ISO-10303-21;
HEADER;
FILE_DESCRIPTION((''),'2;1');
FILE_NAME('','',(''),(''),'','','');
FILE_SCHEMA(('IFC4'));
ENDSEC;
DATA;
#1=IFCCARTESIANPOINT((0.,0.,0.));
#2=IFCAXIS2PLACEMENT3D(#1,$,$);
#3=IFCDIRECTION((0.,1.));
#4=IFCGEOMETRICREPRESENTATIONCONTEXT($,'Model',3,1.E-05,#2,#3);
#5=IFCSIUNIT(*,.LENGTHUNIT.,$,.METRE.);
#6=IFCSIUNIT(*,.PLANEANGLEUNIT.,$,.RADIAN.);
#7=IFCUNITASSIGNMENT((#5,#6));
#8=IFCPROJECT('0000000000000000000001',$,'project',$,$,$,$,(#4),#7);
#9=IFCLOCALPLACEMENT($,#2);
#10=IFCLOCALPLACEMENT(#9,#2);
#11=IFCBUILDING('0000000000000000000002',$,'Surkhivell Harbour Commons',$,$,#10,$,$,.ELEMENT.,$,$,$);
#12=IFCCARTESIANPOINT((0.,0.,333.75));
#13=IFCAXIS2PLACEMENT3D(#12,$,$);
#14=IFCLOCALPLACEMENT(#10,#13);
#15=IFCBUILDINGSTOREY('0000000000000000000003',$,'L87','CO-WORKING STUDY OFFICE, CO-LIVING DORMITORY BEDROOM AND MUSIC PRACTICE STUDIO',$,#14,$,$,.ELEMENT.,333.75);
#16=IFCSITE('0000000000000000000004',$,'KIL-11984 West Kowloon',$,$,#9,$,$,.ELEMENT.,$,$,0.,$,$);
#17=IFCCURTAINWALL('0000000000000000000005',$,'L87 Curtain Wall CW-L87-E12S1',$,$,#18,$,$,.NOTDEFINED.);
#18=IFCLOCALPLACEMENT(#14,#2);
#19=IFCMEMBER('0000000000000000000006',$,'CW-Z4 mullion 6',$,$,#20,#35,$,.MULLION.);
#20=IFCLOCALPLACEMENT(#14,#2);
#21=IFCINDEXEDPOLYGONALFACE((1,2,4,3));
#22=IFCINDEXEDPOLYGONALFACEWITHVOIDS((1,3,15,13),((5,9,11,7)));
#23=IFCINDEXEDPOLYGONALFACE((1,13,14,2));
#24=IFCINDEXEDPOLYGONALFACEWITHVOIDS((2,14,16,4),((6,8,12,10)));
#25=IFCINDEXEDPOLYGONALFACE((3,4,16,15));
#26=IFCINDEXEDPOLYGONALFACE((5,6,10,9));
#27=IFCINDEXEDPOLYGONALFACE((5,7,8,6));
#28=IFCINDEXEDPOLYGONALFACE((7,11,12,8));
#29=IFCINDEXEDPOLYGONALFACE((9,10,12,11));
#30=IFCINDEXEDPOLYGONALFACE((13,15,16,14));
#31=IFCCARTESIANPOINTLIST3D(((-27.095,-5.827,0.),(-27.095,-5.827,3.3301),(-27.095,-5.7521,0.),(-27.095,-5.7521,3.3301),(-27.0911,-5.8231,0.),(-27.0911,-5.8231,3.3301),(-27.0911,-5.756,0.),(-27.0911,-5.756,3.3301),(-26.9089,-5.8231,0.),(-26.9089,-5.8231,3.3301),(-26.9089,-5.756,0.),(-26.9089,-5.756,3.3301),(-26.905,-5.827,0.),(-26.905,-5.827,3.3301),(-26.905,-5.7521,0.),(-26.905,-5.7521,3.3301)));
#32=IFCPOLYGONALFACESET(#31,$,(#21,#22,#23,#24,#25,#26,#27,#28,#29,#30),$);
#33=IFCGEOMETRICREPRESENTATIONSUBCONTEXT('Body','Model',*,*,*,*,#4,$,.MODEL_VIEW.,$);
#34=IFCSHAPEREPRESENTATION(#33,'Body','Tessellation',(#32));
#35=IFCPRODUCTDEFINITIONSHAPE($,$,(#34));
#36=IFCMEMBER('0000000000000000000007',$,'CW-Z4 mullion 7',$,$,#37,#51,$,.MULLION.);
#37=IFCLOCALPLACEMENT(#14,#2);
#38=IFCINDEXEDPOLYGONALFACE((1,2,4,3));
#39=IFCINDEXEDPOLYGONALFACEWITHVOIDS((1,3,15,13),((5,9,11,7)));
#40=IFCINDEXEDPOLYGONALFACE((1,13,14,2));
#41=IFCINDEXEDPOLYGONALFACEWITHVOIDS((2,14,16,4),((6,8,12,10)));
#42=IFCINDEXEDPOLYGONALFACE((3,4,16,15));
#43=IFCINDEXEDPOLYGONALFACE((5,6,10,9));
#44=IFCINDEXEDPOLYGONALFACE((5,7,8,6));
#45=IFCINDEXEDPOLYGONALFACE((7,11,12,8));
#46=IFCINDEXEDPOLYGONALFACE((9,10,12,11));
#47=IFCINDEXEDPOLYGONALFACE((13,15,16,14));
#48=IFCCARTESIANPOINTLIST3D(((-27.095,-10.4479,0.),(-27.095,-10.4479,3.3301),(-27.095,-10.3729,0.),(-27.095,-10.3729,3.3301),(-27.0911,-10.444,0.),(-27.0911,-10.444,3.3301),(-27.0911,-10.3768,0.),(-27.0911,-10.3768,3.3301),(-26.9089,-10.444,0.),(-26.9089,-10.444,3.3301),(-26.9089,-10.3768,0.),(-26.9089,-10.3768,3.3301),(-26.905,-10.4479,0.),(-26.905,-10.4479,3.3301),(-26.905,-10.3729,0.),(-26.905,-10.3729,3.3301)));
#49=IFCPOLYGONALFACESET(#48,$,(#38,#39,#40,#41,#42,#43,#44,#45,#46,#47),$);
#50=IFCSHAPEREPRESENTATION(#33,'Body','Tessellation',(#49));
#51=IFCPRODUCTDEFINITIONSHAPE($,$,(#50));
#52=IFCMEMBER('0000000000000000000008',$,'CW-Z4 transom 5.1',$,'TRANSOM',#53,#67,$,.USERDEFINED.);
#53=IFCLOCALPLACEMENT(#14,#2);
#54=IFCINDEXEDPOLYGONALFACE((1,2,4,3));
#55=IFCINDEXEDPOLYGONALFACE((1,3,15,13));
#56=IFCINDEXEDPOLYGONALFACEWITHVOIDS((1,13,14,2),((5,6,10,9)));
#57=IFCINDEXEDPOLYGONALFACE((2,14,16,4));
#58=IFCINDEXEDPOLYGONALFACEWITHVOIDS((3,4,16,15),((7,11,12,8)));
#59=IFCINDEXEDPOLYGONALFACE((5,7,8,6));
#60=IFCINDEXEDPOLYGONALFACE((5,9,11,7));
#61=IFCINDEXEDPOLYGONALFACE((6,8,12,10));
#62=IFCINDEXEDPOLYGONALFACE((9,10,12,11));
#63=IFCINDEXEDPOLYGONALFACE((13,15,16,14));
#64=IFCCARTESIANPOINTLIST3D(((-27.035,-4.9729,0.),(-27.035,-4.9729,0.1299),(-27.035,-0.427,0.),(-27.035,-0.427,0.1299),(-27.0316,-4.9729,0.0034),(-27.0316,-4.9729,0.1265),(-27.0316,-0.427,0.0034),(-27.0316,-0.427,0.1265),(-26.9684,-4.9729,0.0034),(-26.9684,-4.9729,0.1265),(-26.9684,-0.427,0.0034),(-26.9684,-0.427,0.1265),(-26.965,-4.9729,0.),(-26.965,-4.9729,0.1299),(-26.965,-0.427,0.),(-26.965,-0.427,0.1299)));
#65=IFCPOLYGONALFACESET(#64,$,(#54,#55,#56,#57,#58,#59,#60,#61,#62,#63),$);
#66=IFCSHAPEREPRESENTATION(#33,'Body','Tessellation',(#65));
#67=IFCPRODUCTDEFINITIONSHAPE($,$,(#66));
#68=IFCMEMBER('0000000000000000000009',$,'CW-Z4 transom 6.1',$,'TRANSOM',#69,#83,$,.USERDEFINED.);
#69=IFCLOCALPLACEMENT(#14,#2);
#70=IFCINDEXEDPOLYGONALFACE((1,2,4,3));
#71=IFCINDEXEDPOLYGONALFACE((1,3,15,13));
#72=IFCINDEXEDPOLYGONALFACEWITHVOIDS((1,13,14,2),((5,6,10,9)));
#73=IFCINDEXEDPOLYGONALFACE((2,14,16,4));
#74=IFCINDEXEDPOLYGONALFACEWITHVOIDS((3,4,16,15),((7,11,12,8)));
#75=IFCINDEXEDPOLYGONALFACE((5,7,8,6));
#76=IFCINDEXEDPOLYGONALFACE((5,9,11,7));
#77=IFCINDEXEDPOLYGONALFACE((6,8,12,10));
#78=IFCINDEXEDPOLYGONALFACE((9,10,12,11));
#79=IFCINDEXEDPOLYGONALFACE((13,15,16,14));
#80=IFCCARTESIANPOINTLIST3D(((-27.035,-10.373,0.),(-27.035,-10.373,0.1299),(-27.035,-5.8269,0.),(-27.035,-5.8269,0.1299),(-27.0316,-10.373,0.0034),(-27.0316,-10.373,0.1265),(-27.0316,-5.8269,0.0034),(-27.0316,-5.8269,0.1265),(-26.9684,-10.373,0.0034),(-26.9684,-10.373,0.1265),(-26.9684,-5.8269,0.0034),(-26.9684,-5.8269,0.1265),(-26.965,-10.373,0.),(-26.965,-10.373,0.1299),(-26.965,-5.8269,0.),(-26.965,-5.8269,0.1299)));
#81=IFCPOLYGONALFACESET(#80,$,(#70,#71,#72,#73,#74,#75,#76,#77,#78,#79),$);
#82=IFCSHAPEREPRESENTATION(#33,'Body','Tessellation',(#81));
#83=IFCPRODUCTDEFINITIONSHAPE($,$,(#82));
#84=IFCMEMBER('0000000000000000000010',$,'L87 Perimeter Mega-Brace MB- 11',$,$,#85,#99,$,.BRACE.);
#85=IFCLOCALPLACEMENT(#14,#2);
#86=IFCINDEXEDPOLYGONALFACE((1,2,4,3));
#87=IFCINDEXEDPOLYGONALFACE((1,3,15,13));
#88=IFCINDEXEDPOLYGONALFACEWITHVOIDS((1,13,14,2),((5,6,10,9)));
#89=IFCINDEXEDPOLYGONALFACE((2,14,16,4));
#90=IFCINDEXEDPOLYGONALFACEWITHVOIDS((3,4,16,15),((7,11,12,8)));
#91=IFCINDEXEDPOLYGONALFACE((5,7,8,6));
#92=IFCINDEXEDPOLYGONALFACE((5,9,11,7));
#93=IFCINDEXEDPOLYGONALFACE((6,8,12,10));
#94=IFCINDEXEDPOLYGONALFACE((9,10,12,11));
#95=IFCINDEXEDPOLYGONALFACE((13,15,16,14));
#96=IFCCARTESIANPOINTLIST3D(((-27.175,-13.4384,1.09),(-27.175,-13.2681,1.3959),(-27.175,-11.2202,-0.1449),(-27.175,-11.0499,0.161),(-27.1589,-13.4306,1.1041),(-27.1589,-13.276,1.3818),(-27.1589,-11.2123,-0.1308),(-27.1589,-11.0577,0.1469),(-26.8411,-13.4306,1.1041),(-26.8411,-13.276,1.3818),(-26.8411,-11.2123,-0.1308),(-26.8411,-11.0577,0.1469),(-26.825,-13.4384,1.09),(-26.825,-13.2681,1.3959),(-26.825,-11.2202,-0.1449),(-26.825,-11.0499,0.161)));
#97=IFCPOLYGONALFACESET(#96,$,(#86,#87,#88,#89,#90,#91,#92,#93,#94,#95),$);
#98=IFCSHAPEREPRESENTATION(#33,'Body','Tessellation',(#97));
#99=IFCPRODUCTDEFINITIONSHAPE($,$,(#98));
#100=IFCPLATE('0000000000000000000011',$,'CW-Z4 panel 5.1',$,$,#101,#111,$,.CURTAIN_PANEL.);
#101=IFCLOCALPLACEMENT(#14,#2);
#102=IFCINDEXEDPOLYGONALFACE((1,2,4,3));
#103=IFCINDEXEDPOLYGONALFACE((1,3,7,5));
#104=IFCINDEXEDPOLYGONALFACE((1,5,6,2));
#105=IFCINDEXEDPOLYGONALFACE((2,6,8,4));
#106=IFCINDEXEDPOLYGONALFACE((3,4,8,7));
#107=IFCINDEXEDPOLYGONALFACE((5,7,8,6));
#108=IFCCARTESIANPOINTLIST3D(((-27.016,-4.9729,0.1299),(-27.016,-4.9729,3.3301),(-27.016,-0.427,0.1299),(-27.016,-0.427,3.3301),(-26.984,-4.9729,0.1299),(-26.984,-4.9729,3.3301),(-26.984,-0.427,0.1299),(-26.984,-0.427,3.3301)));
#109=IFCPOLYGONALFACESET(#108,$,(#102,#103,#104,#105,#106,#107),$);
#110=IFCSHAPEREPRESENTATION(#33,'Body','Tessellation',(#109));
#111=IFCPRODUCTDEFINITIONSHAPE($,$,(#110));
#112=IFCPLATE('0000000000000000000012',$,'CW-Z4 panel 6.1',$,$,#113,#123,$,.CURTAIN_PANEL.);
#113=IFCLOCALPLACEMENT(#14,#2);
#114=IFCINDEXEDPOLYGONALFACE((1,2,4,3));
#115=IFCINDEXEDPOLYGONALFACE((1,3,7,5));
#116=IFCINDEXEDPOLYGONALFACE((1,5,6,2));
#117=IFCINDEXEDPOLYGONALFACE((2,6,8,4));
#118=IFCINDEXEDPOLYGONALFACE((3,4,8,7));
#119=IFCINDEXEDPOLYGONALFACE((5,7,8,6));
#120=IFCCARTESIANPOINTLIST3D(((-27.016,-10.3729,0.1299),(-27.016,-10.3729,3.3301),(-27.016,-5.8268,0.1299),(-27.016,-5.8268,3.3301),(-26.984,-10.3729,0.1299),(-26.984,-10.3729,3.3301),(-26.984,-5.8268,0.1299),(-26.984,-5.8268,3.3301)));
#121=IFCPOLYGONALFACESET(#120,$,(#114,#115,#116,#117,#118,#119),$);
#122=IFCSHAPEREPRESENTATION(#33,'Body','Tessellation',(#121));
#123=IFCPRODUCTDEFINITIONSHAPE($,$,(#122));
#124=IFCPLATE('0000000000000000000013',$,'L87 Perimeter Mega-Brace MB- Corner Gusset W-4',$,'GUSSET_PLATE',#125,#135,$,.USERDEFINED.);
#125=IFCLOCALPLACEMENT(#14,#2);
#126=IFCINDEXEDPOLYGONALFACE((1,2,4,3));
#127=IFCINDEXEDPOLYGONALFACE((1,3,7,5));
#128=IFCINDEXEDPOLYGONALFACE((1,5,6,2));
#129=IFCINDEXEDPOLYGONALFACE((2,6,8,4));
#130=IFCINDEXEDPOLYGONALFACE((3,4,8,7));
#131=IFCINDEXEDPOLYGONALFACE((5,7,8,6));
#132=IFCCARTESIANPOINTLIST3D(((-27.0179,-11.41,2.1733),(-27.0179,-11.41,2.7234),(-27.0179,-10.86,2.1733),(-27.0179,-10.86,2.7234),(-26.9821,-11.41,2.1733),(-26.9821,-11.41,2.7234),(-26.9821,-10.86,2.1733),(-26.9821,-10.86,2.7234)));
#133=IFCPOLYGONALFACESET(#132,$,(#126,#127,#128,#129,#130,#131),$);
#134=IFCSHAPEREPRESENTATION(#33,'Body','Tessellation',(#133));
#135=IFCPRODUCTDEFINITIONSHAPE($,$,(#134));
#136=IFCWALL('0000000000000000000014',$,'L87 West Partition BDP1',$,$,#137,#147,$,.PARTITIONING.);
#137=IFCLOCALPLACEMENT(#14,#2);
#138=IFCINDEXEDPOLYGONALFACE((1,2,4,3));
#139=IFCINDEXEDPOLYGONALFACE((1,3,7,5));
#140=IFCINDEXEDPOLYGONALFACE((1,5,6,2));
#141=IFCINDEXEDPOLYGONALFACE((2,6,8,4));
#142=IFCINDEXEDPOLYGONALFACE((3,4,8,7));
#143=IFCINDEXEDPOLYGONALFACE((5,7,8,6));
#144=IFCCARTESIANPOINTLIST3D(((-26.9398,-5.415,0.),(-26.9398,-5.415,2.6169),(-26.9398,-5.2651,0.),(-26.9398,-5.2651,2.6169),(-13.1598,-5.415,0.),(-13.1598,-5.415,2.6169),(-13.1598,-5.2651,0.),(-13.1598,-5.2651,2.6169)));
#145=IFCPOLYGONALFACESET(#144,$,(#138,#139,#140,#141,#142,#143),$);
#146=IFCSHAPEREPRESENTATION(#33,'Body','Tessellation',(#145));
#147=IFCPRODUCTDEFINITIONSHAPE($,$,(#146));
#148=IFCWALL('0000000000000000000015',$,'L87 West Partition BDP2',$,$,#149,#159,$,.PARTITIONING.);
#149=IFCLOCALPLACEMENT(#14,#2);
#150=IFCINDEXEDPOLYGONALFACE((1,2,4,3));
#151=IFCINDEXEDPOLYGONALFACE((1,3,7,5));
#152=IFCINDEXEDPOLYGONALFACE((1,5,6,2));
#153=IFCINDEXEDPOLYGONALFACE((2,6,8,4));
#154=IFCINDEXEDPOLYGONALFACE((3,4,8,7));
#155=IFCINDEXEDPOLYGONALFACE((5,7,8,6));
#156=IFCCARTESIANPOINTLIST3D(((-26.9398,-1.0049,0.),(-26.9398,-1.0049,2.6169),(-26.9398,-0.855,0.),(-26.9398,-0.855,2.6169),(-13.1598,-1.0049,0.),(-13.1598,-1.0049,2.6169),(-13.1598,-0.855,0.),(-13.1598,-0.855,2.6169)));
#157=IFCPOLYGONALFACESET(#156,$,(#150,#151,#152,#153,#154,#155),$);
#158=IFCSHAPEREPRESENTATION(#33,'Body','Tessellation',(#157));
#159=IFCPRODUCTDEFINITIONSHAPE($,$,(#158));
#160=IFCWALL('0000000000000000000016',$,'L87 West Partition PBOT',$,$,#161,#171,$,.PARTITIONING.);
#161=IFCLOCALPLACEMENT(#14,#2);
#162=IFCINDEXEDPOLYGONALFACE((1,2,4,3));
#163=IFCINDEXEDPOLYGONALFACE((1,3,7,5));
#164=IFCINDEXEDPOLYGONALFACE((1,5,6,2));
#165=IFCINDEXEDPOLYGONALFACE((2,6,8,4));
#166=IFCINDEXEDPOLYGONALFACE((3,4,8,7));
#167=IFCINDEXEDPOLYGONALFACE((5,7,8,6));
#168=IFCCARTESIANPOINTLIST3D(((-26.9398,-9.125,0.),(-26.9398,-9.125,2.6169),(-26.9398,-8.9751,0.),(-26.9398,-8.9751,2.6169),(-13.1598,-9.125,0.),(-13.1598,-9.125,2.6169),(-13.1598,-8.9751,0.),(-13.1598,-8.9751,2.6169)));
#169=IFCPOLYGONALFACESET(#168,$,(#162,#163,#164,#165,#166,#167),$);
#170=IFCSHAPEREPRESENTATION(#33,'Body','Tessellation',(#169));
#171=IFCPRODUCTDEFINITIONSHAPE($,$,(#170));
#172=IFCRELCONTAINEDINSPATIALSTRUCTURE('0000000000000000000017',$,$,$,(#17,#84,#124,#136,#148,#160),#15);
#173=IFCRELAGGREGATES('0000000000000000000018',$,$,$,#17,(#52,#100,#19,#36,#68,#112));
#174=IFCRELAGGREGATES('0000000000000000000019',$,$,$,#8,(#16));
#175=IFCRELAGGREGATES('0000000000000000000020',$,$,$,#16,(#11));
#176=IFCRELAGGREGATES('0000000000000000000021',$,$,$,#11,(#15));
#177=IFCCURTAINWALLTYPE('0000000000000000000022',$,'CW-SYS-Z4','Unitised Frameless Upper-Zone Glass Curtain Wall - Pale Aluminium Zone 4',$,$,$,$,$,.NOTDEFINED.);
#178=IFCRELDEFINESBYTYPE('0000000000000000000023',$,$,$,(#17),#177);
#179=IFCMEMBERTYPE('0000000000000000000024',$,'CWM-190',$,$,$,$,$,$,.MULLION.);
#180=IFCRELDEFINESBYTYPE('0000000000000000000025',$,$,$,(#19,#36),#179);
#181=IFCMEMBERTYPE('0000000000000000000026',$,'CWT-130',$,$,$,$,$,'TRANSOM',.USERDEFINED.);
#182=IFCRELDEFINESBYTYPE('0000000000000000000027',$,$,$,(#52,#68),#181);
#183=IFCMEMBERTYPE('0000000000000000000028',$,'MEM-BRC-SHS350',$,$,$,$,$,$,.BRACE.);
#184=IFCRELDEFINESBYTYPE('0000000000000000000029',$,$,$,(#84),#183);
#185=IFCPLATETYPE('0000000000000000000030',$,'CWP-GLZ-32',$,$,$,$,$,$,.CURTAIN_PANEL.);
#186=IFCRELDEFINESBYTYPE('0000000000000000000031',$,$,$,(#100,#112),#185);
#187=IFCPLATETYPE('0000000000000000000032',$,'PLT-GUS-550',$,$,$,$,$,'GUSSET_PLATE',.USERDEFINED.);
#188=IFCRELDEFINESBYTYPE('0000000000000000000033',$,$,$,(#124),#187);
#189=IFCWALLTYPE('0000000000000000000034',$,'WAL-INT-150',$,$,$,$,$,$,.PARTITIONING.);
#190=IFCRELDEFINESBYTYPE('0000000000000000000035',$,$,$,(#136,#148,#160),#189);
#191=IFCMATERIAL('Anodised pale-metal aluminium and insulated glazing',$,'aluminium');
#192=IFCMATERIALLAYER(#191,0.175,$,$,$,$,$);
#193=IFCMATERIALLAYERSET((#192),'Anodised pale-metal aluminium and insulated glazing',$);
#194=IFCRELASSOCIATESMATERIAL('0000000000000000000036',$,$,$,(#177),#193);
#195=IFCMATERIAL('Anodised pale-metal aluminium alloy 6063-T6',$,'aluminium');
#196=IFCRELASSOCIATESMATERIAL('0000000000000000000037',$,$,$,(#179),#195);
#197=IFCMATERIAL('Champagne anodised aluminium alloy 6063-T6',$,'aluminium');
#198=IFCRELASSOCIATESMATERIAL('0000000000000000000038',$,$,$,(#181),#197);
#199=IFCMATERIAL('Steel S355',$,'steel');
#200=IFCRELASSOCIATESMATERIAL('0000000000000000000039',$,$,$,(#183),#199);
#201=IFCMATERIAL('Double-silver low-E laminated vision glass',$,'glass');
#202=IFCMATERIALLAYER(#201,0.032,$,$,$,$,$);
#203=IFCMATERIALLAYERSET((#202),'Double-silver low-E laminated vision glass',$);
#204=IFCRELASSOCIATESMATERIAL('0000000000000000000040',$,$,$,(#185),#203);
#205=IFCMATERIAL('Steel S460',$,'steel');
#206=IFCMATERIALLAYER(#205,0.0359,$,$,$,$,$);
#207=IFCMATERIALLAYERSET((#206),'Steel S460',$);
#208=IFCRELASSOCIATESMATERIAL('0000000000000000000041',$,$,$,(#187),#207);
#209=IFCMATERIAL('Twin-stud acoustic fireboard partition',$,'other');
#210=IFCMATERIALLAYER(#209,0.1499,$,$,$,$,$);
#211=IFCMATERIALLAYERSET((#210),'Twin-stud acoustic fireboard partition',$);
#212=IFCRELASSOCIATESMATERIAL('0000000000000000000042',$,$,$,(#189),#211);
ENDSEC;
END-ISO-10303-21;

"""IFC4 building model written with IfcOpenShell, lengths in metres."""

from ifc_helpers import new_model, si_unit, direction, frame, frame_2d, origin, origin_2d, place, context, subcontext, project, spatial, rectangle, hollow_rectangle, extrude, material, layer, layer_set, material_profile, profile_set, type_object, element, aggregate, save


model = new_model("IFC4")

# Units and contexts
model_context = context("Model", 3, precision=1e-05, world=origin(), true_north=direction((0.0, 1.0)))
body_context = subcontext(model_context, "Body", "Model", "MODEL_VIEW")
ifc_project = project(units=[si_unit("LENGTHUNIT", "METRE"), si_unit("PLANEANGLEUNIT", "RADIAN")], contexts=[model_context])

# Site, building, storey
site_placement = place(None, origin())
site = spatial("IfcSite", under=ifc_project, at=site_placement, Name="KIL-11984 West Kowloon", CompositionType="ELEMENT", RefElevation=0.0)
building_placement = place(site_placement, origin())
building = spatial("IfcBuilding", under=site, at=building_placement, Name="Surkhivell Harbour Commons", CompositionType="ELEMENT")
storey_placement = place(building_placement, frame((0.0, 0.0, 333.75)))
storey = spatial("IfcBuildingStorey", under=building, at=storey_placement, Name="L87", Description="CO-WORKING STUDY OFFICE, CO-LIVING DORMITORY BEDROOM AND MUSIC PRACTICE STUDIO", CompositionType="ELEMENT", Elevation=333.75)

# Shared definitions
ifc_material_1 = material(Name="Steel S355", Category="steel")

# Curtain wall, members
ifc_material_2 = material(Name="Anodised pale-metal aluminium and insulated glazing", Category="aluminium")
ifc_layer_1 = layer(ifc_material_2, 0.175)
ifc_layer_set_1 = layer_set([ifc_layer_1], Name="Anodised pale-metal aluminium and insulated glazing")
curtain_wall_type = type_object("IfcCurtainWallType", Name="CW-SYS-Z4", Description="Unitised Frameless Upper-Zone Glass Curtain Wall - Pale Aluminium Zone 4", PredefinedType="NOTDEFINED", material=ifc_layer_set_1)
curtain_wall_placement = place(storey_placement, origin())
curtain_wall = element("IfcCurtainWall", 1, at=curtain_wall_placement, inside=storey, type_object=curtain_wall_type, Name="L87 Curtain Wall CW-L87-E12S1", PredefinedType="NOTDEFINED")
ifc_material_3 = material(Name="Anodised pale-metal aluminium alloy 6063-T6", Category="aluminium")
ifc_material_profile_1 = material_profile(ifc_material_3, hollow_rectangle(XDim=0.075, YDim=0.1899, WallThickness=0.0039, at=origin_2d()), Name="ALU-MULL-75x190")
ifc_profile_set_1 = profile_set([ifc_material_profile_1], Name="Anodised pale-metal aluminium alloy 6063-T6")
member_type_1 = type_object("IfcMemberType", Name="CWM-190", PredefinedType="MULLION", material=ifc_profile_set_1)
member_1_placement = place(storey_placement, frame((-27.0, -5.7896, 0.0), z_axis=(0.0, 0.0, 1.0), x_axis=(0.0, -1.0, 0.0)))
member_1 = element("IfcMember", 2, at=member_1_placement, type_object=member_type_1, Name="CW-Z4 mullion 6", PredefinedType="MULLION", context=body_context, shape_type="SweptSolid", body=[
    extrude(hollow_rectangle(XDim=0.075, YDim=0.1899, WallThickness=0.0039, at=origin_2d()), origin(), (0.0, 0.0, 1.0), 3.3301),
])
member_2_placement = place(storey_placement, frame((-27.0, -10.4104, 0.0), z_axis=(0.0, 0.0, 1.0), x_axis=(0.0, -1.0, 0.0)))
member_2 = element("IfcMember", 3, at=member_2_placement, type_object=member_type_1, Name="CW-Z4 mullion 7", PredefinedType="MULLION", context=body_context, shape_type="SweptSolid", body=[
    extrude(hollow_rectangle(XDim=0.075, YDim=0.1899, WallThickness=0.0039, at=origin_2d()), origin(), (0.0, 0.0, 1.0), 3.3301),
])
ifc_material_4 = material(Name="Champagne anodised aluminium alloy 6063-T6", Category="aluminium")
ifc_material_profile_2 = material_profile(ifc_material_4, hollow_rectangle(XDim=0.0701, YDim=0.1299, WallThickness=0.0034, at=origin_2d()), Name="ALU-TRAN-70x130")
ifc_profile_set_2 = profile_set([ifc_material_profile_2], Name="Champagne anodised aluminium alloy 6063-T6")
member_type_2 = type_object("IfcMemberType", Name="CWT-130", ElementType="TRANSOM", PredefinedType="USERDEFINED", material=ifc_profile_set_2)
member_3_placement = place(storey_placement, frame((-27.0, -0.427, 0.0649), z_axis=(0.0, -1.0, 0.0), x_axis=(1.0, 0.0, 0.0)))
member_3 = element("IfcMember", 4, at=member_3_placement, type_object=member_type_2, Name="CW-Z4 transom 5.1", ObjectType="TRANSOM", PredefinedType="USERDEFINED", context=body_context, shape_type="SweptSolid", body=[
    extrude(hollow_rectangle(XDim=0.0701, YDim=0.1299, WallThickness=0.0034, at=origin_2d()), origin(), (0.0, 0.0, 1.0), 4.5459),
])
member_4_placement = place(storey_placement, frame((-27.0, -5.8269, 0.0649), z_axis=(0.0, -1.0, 0.0), x_axis=(1.0, 0.0, 0.0)))
member_4 = element("IfcMember", 5, at=member_4_placement, type_object=member_type_2, Name="CW-Z4 transom 6.1", ObjectType="TRANSOM", PredefinedType="USERDEFINED", context=body_context, shape_type="SweptSolid", body=[
    extrude(hollow_rectangle(XDim=0.0701, YDim=0.1299, WallThickness=0.0034, at=origin_2d()), origin(), (0.0, 0.0, 1.0), 4.5461),
])

# Member
ifc_material_profile_3 = material_profile(ifc_material_1, hollow_rectangle(XDim=0.3501, YDim=0.3501, WallThickness=0.0161, at=origin_2d()), Name="SHS350x350x16")
ifc_profile_set_3 = profile_set([ifc_material_profile_3], Name="Steel S355")
member_type_3 = type_object("IfcMemberType", Name="MEM-BRC-SHS350", PredefinedType="BRACE", material=ifc_profile_set_3)
member_5_placement = place(storey_placement, frame((-27.0, -11.135, 0.0081), z_axis=(0.0, -0.87374, 0.486394), x_axis=(1.0, 0.0, 0.0)))
element("IfcMember", 6, at=member_5_placement, inside=storey, type_object=member_type_3, Name="L87 Perimeter Mega-Brace MB- 11", PredefinedType="BRACE", context=body_context, shape_type="SweptSolid", body=[
    extrude(hollow_rectangle(XDim=0.3501, YDim=0.3501, WallThickness=0.0161, at=origin_2d()), origin(), (0.0, 0.0, 1.0), 2.5388),
])

# Plates
ifc_material_5 = material(Name="Double-silver low-E laminated vision glass", Category="glass")
ifc_layer_2 = layer(ifc_material_5, 0.032)
ifc_layer_set_2 = layer_set([ifc_layer_2], Name="Double-silver low-E laminated vision glass")
plate_type_1 = type_object("IfcPlateType", Name="CWP-GLZ-32", PredefinedType="CURTAIN_PANEL", material=ifc_layer_set_2)
plate_1_placement = place(storey_placement, frame((-27.0, -0.427, 0.1299), z_axis=(0.0, 0.0, 1.0), x_axis=(0.0, -1.0, 0.0)))
plate_1 = element("IfcPlate", 7, at=plate_1_placement, type_object=plate_type_1, Name="CW-Z4 panel 5.1", PredefinedType="CURTAIN_PANEL", context=body_context, shape_type="SweptSolid", body=[
    extrude(rectangle(XDim=4.5459, YDim=0.032, at=frame_2d((2.2729, 0.0))), origin(), (0.0, 0.0, 1.0), 3.2002),
])
plate_2_placement = place(storey_placement, frame((-27.0, -5.8269, 0.1299), z_axis=(0.0, 0.0, 1.0), x_axis=(0.0, -1.0, 0.0)))
plate_2 = element("IfcPlate", 8, at=plate_2_placement, type_object=plate_type_1, Name="CW-Z4 panel 6.1", PredefinedType="CURTAIN_PANEL", context=body_context, shape_type="SweptSolid", body=[
    extrude(rectangle(XDim=4.5461, YDim=0.032, at=frame_2d((2.2729, 0.0))), origin(), (0.0, 0.0, 1.0), 3.2002),
])
aggregate(curtain_wall, [member_3, plate_1, member_1, member_2, member_4, plate_2])
ifc_material_6 = material(Name="Steel S460", Category="steel")
ifc_layer_3 = layer(ifc_material_6, 0.0359)
ifc_layer_set_3 = layer_set([ifc_layer_3], Name="Steel S460")
plate_type_2 = type_object("IfcPlateType", Name="PLT-GUS-550", ElementType="GUSSET_PLATE", PredefinedType="USERDEFINED", material=ifc_layer_set_3)
plate_3_placement = place(storey_placement, frame((-27.0, -11.135, 2.1733), z_axis=(0.0, 0.0, 1.0), x_axis=(0.0, 1.0, 0.0)))
element("IfcPlate", 9, at=plate_3_placement, inside=storey, type_object=plate_type_2, Name="L87 Perimeter Mega-Brace MB- Corner Gusset W-4", ObjectType="GUSSET_PLATE", PredefinedType="USERDEFINED", context=body_context, shape_type="SweptSolid", body=[
    extrude(rectangle(XDim=0.55, YDim=0.0359, at=origin_2d()), origin(), (0.0, 0.0, 1.0), 0.55),
])

# Walls
ifc_material_7 = material(Name="Twin-stud acoustic fireboard partition", Category="other")
ifc_layer_4 = layer(ifc_material_7, 0.1499)
ifc_layer_set_4 = layer_set([ifc_layer_4], Name="Twin-stud acoustic fireboard partition")
wall_type = type_object("IfcWallType", Name="WAL-INT-150", PredefinedType="PARTITIONING", material=ifc_layer_set_4)
for number, where, z_axis, x_axis, name in (
    (10, (-26.9399, -5.3401, 0.0), (0.0, 0.0, 1.0), (1.0, 0.0, 0.0), "L87 West Partition BDP1"),
    (11, (-26.9399, -0.9299, 0.0), (0.0, 0.0, 1.0), (1.0, 0.0, 0.0), "L87 West Partition BDP2"),
    (12, (-26.9399, -9.05, 0.0), (0.0, 0.0, 1.0), (1.0, 0.0, 0.0), "L87 West Partition PBOT"),
):
    element("IfcWall", number, at=place(storey_placement, frame(where, z_axis=z_axis, x_axis=x_axis)), inside=storey, type_object=wall_type, Name=name, PredefinedType="PARTITIONING", context=body_context, shape_type="SweptSolid", body=[
        extrude(rectangle(XDim=13.78, YDim=0.1499, at=frame_2d((6.8901, 0.0))), origin(), (0.0, 0.0, 1.0), 2.6169),
    ])

save(model, "model.ifc")
